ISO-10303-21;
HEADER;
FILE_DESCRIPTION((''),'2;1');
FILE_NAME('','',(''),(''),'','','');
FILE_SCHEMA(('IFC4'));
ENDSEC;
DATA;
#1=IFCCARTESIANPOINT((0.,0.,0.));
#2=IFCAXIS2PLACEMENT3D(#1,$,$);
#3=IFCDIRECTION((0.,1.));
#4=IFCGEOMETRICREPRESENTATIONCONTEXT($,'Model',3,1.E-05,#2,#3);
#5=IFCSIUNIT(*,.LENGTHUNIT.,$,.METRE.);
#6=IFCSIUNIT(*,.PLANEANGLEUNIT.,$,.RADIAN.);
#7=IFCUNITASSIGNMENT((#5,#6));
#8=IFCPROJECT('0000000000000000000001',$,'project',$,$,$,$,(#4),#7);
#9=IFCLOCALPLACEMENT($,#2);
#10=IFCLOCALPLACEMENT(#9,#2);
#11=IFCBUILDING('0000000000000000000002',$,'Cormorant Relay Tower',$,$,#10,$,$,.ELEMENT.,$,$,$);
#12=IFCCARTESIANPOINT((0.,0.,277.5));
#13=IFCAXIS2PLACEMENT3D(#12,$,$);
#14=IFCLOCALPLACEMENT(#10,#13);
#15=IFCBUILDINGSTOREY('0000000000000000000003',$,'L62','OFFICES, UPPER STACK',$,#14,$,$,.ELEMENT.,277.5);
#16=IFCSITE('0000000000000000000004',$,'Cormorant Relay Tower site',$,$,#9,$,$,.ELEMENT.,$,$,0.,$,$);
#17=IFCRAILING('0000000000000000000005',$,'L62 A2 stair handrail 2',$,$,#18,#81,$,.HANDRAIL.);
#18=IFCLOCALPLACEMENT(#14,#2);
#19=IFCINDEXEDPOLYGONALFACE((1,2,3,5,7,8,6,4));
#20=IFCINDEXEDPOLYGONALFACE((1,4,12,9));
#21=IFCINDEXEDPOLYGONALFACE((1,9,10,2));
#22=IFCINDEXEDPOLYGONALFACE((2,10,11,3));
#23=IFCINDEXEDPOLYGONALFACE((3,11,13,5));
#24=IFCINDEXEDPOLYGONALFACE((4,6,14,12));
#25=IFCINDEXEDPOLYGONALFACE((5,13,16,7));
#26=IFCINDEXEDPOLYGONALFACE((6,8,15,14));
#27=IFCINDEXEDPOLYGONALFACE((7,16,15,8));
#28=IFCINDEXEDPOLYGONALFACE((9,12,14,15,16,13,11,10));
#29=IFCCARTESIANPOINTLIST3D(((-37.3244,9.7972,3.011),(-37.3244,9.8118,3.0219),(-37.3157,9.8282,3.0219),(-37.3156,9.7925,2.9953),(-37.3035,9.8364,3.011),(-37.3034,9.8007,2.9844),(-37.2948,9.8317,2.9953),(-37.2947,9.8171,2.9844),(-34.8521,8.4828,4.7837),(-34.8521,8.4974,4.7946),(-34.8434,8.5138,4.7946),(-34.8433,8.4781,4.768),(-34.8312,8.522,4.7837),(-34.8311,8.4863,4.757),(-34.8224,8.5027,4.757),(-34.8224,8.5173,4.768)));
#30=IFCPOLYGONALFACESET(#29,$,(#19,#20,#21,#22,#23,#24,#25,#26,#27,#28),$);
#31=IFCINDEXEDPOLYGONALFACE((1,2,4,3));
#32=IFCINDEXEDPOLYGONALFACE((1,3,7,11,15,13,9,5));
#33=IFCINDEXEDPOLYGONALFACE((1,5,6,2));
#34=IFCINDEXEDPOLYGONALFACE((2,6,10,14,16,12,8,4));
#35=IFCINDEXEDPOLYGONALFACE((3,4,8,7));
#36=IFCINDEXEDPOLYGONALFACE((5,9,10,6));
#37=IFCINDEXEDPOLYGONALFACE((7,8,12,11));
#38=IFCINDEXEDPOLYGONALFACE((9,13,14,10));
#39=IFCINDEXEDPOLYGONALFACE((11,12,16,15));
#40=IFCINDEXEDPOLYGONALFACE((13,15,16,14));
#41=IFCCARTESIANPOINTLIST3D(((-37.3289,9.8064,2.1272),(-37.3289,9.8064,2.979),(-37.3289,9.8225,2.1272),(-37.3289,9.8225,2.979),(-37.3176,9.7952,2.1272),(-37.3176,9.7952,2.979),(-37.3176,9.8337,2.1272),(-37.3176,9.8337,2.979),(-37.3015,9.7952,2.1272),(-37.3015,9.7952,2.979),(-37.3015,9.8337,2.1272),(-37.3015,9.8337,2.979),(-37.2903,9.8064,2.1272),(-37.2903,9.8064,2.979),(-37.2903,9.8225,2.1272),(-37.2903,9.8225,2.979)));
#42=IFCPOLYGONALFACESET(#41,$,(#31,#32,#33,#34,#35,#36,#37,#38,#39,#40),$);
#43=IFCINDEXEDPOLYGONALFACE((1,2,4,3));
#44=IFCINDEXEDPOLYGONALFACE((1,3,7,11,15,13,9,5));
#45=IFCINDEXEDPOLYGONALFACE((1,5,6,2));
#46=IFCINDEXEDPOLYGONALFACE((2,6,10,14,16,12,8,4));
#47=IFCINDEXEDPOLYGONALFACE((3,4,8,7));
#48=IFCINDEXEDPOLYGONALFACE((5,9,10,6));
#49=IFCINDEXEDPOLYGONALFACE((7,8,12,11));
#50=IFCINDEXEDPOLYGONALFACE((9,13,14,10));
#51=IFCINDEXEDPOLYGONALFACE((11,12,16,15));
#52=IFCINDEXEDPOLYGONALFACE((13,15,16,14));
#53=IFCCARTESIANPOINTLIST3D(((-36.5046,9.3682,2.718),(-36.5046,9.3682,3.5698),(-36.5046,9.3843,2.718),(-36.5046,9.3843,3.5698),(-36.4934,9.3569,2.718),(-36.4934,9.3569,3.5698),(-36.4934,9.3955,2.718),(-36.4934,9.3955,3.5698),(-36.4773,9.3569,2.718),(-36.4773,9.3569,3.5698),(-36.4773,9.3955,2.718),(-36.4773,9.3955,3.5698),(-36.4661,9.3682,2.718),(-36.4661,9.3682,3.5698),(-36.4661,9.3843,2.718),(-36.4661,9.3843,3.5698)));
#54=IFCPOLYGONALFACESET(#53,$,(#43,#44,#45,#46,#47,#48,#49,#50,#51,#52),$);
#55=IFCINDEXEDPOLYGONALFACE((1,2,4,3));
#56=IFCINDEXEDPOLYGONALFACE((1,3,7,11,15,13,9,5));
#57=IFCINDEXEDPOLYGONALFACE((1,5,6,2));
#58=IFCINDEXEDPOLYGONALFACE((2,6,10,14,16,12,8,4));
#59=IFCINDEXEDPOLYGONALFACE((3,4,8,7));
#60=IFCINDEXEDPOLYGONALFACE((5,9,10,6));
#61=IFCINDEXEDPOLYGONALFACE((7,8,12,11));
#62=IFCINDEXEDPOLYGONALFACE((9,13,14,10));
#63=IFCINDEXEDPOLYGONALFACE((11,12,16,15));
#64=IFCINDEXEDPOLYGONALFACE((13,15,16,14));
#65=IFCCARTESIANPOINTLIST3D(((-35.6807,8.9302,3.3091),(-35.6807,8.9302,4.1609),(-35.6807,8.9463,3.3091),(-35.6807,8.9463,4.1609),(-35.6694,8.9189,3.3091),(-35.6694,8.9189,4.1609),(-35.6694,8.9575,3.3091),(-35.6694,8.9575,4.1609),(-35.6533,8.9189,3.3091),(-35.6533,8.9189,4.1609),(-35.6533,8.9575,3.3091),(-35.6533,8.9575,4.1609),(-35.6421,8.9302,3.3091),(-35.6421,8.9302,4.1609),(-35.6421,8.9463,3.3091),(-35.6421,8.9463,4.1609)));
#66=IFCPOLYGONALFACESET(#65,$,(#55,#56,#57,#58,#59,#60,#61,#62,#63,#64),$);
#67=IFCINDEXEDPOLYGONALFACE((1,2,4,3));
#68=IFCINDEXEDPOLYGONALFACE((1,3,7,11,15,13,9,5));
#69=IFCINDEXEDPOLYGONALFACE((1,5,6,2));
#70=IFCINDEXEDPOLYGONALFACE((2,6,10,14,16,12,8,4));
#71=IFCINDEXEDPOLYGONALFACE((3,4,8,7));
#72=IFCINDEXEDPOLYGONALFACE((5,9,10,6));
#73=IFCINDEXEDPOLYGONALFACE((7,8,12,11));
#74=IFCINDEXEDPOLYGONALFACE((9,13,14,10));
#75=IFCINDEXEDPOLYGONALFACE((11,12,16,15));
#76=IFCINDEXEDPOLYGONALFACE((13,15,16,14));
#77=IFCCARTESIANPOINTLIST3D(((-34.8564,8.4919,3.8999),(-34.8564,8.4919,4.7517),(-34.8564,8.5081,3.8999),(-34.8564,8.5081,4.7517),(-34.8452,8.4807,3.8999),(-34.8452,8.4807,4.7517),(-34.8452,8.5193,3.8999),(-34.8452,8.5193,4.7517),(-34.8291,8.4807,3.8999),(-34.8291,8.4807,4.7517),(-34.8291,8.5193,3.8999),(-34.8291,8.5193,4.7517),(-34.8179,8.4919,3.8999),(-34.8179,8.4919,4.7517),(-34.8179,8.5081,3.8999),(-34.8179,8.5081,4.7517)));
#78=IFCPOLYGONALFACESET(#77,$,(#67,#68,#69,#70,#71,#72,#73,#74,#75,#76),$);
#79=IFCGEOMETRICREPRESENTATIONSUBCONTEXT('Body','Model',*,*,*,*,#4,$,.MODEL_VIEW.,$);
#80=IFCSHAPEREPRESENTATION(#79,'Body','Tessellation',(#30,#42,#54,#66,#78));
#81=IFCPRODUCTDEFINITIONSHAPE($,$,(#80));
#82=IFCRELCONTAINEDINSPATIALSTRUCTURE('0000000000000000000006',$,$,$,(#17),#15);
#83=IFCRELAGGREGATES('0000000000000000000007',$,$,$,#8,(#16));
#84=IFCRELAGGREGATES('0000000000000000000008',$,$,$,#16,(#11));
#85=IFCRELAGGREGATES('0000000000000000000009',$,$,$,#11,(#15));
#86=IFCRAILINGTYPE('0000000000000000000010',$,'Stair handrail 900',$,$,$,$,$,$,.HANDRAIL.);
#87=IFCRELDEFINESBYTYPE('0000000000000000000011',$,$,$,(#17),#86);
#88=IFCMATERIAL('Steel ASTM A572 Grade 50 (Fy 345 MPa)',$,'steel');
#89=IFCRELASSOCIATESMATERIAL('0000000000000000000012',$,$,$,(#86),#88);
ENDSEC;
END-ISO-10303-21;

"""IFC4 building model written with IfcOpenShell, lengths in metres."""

from ifc_helpers import new_model, si_unit, direction, frame, origin, place, context, subcontext, project, spatial, polyline, outline, extrude, material, type_object, element, save


model = new_model("IFC4")

# Units and contexts
model_context = context("Model", 3, precision=1e-05, world=origin(), true_north=direction((0.0, 1.0)))
body_context = subcontext(model_context, "Body", "Model", "MODEL_VIEW")
ifc_project = project(units=[si_unit("LENGTHUNIT", "METRE"), si_unit("PLANEANGLEUNIT", "RADIAN")], contexts=[model_context])

# Site, building, storey
site_placement = place(None, origin())
site = spatial("IfcSite", under=ifc_project, at=site_placement, Name="Cormorant Relay Tower site", CompositionType="ELEMENT", RefElevation=0.0)
building_placement = place(site_placement, origin())
building = spatial("IfcBuilding", under=site, at=building_placement, Name="Cormorant Relay Tower", CompositionType="ELEMENT")
storey_placement = place(building_placement, frame((0.0, 0.0, 277.5)))
storey = spatial("IfcBuildingStorey", under=building, at=storey_placement, Name="L62", Description="OFFICES, UPPER STACK", CompositionType="ELEMENT", Elevation=277.5)

# Railing
ifc_material_1 = material(Name="Steel ASTM A572 Grade 50 (Fy 345 MPa)", Category="steel")
railing_type_1 = type_object("IfcRailingType", Name="Stair handrail 900", PredefinedType="HANDRAIL", material=ifc_material_1)
railing_1_placement = place(storey_placement, frame((-37.3096, 9.8145, 2.1272)))
element("IfcRailing", 1, at=railing_1_placement, inside=storey, type_object=railing_type_1, Name="L62 A2 stair handrail 2", PredefinedType="HANDRAIL", context=body_context, shape_type="SweptSolid", body=[
    extrude(outline(polyline([(0.0222, 0.0093), (0.0093, 0.0222), (-0.0093, 0.0222), (-0.0222, 0.0093), (-0.0222, -0.0093), (-0.0093, -0.0222), (0.0093, -0.0222), (0.0222, -0.0093), (0.0222, 0.0093)])), frame((0.0, 0.0, 0.876), z_axis=(0.746034, -0.396627, 0.534902), x_axis=(0.469429, 0.88297, 0.0)), (0.0, 0.0, 1.0), 3.314),
    extrude(outline(polyline([(0.0193, 0.0081), (0.0081, 0.0193), (-0.0081, 0.0193), (-0.0193, 0.0081), (-0.0193, -0.0081), (-0.0081, -0.0193), (0.0081, -0.0193), (0.0193, -0.0081), (0.0193, 0.0081)])), origin(), (0.0, 0.0, 1.0), 0.8518),
    extrude(outline(polyline([(0.0193, 0.0081), (0.0081, 0.0193), (-0.0081, 0.0193), (-0.0193, 0.0081), (-0.0193, -0.0081), (-0.0081, -0.0193), (0.0081, -0.0193), (0.0193, -0.0081), (0.0193, 0.0081)])), frame((0.8242, -0.4382, 0.5908)), (0.0, 0.0, 1.0), 0.8518),
    extrude(outline(polyline([(0.0193, 0.0081), (0.0081, 0.0193), (-0.0081, 0.0193), (-0.0193, 0.0081), (-0.0193, -0.0081), (-0.0081, -0.0193), (0.0081, -0.0193), (0.0193, -0.0081), (0.0193, 0.0081)])), frame((1.6482, -0.8762, 1.1819)), (0.0, 0.0, 1.0), 0.8518),
    extrude(outline(polyline([(0.0193, 0.0081), (0.0081, 0.0193), (-0.0081, 0.0193), (-0.0193, 0.0081), (-0.0193, -0.0081), (-0.0081, -0.0193), (0.0081, -0.0193), (0.0193, -0.0081), (0.0193, 0.0081)])), frame((2.4724, -1.3145, 1.7727)), (0.0, 0.0, 1.0), 0.8518),
])

save(model, "model.ifc")
